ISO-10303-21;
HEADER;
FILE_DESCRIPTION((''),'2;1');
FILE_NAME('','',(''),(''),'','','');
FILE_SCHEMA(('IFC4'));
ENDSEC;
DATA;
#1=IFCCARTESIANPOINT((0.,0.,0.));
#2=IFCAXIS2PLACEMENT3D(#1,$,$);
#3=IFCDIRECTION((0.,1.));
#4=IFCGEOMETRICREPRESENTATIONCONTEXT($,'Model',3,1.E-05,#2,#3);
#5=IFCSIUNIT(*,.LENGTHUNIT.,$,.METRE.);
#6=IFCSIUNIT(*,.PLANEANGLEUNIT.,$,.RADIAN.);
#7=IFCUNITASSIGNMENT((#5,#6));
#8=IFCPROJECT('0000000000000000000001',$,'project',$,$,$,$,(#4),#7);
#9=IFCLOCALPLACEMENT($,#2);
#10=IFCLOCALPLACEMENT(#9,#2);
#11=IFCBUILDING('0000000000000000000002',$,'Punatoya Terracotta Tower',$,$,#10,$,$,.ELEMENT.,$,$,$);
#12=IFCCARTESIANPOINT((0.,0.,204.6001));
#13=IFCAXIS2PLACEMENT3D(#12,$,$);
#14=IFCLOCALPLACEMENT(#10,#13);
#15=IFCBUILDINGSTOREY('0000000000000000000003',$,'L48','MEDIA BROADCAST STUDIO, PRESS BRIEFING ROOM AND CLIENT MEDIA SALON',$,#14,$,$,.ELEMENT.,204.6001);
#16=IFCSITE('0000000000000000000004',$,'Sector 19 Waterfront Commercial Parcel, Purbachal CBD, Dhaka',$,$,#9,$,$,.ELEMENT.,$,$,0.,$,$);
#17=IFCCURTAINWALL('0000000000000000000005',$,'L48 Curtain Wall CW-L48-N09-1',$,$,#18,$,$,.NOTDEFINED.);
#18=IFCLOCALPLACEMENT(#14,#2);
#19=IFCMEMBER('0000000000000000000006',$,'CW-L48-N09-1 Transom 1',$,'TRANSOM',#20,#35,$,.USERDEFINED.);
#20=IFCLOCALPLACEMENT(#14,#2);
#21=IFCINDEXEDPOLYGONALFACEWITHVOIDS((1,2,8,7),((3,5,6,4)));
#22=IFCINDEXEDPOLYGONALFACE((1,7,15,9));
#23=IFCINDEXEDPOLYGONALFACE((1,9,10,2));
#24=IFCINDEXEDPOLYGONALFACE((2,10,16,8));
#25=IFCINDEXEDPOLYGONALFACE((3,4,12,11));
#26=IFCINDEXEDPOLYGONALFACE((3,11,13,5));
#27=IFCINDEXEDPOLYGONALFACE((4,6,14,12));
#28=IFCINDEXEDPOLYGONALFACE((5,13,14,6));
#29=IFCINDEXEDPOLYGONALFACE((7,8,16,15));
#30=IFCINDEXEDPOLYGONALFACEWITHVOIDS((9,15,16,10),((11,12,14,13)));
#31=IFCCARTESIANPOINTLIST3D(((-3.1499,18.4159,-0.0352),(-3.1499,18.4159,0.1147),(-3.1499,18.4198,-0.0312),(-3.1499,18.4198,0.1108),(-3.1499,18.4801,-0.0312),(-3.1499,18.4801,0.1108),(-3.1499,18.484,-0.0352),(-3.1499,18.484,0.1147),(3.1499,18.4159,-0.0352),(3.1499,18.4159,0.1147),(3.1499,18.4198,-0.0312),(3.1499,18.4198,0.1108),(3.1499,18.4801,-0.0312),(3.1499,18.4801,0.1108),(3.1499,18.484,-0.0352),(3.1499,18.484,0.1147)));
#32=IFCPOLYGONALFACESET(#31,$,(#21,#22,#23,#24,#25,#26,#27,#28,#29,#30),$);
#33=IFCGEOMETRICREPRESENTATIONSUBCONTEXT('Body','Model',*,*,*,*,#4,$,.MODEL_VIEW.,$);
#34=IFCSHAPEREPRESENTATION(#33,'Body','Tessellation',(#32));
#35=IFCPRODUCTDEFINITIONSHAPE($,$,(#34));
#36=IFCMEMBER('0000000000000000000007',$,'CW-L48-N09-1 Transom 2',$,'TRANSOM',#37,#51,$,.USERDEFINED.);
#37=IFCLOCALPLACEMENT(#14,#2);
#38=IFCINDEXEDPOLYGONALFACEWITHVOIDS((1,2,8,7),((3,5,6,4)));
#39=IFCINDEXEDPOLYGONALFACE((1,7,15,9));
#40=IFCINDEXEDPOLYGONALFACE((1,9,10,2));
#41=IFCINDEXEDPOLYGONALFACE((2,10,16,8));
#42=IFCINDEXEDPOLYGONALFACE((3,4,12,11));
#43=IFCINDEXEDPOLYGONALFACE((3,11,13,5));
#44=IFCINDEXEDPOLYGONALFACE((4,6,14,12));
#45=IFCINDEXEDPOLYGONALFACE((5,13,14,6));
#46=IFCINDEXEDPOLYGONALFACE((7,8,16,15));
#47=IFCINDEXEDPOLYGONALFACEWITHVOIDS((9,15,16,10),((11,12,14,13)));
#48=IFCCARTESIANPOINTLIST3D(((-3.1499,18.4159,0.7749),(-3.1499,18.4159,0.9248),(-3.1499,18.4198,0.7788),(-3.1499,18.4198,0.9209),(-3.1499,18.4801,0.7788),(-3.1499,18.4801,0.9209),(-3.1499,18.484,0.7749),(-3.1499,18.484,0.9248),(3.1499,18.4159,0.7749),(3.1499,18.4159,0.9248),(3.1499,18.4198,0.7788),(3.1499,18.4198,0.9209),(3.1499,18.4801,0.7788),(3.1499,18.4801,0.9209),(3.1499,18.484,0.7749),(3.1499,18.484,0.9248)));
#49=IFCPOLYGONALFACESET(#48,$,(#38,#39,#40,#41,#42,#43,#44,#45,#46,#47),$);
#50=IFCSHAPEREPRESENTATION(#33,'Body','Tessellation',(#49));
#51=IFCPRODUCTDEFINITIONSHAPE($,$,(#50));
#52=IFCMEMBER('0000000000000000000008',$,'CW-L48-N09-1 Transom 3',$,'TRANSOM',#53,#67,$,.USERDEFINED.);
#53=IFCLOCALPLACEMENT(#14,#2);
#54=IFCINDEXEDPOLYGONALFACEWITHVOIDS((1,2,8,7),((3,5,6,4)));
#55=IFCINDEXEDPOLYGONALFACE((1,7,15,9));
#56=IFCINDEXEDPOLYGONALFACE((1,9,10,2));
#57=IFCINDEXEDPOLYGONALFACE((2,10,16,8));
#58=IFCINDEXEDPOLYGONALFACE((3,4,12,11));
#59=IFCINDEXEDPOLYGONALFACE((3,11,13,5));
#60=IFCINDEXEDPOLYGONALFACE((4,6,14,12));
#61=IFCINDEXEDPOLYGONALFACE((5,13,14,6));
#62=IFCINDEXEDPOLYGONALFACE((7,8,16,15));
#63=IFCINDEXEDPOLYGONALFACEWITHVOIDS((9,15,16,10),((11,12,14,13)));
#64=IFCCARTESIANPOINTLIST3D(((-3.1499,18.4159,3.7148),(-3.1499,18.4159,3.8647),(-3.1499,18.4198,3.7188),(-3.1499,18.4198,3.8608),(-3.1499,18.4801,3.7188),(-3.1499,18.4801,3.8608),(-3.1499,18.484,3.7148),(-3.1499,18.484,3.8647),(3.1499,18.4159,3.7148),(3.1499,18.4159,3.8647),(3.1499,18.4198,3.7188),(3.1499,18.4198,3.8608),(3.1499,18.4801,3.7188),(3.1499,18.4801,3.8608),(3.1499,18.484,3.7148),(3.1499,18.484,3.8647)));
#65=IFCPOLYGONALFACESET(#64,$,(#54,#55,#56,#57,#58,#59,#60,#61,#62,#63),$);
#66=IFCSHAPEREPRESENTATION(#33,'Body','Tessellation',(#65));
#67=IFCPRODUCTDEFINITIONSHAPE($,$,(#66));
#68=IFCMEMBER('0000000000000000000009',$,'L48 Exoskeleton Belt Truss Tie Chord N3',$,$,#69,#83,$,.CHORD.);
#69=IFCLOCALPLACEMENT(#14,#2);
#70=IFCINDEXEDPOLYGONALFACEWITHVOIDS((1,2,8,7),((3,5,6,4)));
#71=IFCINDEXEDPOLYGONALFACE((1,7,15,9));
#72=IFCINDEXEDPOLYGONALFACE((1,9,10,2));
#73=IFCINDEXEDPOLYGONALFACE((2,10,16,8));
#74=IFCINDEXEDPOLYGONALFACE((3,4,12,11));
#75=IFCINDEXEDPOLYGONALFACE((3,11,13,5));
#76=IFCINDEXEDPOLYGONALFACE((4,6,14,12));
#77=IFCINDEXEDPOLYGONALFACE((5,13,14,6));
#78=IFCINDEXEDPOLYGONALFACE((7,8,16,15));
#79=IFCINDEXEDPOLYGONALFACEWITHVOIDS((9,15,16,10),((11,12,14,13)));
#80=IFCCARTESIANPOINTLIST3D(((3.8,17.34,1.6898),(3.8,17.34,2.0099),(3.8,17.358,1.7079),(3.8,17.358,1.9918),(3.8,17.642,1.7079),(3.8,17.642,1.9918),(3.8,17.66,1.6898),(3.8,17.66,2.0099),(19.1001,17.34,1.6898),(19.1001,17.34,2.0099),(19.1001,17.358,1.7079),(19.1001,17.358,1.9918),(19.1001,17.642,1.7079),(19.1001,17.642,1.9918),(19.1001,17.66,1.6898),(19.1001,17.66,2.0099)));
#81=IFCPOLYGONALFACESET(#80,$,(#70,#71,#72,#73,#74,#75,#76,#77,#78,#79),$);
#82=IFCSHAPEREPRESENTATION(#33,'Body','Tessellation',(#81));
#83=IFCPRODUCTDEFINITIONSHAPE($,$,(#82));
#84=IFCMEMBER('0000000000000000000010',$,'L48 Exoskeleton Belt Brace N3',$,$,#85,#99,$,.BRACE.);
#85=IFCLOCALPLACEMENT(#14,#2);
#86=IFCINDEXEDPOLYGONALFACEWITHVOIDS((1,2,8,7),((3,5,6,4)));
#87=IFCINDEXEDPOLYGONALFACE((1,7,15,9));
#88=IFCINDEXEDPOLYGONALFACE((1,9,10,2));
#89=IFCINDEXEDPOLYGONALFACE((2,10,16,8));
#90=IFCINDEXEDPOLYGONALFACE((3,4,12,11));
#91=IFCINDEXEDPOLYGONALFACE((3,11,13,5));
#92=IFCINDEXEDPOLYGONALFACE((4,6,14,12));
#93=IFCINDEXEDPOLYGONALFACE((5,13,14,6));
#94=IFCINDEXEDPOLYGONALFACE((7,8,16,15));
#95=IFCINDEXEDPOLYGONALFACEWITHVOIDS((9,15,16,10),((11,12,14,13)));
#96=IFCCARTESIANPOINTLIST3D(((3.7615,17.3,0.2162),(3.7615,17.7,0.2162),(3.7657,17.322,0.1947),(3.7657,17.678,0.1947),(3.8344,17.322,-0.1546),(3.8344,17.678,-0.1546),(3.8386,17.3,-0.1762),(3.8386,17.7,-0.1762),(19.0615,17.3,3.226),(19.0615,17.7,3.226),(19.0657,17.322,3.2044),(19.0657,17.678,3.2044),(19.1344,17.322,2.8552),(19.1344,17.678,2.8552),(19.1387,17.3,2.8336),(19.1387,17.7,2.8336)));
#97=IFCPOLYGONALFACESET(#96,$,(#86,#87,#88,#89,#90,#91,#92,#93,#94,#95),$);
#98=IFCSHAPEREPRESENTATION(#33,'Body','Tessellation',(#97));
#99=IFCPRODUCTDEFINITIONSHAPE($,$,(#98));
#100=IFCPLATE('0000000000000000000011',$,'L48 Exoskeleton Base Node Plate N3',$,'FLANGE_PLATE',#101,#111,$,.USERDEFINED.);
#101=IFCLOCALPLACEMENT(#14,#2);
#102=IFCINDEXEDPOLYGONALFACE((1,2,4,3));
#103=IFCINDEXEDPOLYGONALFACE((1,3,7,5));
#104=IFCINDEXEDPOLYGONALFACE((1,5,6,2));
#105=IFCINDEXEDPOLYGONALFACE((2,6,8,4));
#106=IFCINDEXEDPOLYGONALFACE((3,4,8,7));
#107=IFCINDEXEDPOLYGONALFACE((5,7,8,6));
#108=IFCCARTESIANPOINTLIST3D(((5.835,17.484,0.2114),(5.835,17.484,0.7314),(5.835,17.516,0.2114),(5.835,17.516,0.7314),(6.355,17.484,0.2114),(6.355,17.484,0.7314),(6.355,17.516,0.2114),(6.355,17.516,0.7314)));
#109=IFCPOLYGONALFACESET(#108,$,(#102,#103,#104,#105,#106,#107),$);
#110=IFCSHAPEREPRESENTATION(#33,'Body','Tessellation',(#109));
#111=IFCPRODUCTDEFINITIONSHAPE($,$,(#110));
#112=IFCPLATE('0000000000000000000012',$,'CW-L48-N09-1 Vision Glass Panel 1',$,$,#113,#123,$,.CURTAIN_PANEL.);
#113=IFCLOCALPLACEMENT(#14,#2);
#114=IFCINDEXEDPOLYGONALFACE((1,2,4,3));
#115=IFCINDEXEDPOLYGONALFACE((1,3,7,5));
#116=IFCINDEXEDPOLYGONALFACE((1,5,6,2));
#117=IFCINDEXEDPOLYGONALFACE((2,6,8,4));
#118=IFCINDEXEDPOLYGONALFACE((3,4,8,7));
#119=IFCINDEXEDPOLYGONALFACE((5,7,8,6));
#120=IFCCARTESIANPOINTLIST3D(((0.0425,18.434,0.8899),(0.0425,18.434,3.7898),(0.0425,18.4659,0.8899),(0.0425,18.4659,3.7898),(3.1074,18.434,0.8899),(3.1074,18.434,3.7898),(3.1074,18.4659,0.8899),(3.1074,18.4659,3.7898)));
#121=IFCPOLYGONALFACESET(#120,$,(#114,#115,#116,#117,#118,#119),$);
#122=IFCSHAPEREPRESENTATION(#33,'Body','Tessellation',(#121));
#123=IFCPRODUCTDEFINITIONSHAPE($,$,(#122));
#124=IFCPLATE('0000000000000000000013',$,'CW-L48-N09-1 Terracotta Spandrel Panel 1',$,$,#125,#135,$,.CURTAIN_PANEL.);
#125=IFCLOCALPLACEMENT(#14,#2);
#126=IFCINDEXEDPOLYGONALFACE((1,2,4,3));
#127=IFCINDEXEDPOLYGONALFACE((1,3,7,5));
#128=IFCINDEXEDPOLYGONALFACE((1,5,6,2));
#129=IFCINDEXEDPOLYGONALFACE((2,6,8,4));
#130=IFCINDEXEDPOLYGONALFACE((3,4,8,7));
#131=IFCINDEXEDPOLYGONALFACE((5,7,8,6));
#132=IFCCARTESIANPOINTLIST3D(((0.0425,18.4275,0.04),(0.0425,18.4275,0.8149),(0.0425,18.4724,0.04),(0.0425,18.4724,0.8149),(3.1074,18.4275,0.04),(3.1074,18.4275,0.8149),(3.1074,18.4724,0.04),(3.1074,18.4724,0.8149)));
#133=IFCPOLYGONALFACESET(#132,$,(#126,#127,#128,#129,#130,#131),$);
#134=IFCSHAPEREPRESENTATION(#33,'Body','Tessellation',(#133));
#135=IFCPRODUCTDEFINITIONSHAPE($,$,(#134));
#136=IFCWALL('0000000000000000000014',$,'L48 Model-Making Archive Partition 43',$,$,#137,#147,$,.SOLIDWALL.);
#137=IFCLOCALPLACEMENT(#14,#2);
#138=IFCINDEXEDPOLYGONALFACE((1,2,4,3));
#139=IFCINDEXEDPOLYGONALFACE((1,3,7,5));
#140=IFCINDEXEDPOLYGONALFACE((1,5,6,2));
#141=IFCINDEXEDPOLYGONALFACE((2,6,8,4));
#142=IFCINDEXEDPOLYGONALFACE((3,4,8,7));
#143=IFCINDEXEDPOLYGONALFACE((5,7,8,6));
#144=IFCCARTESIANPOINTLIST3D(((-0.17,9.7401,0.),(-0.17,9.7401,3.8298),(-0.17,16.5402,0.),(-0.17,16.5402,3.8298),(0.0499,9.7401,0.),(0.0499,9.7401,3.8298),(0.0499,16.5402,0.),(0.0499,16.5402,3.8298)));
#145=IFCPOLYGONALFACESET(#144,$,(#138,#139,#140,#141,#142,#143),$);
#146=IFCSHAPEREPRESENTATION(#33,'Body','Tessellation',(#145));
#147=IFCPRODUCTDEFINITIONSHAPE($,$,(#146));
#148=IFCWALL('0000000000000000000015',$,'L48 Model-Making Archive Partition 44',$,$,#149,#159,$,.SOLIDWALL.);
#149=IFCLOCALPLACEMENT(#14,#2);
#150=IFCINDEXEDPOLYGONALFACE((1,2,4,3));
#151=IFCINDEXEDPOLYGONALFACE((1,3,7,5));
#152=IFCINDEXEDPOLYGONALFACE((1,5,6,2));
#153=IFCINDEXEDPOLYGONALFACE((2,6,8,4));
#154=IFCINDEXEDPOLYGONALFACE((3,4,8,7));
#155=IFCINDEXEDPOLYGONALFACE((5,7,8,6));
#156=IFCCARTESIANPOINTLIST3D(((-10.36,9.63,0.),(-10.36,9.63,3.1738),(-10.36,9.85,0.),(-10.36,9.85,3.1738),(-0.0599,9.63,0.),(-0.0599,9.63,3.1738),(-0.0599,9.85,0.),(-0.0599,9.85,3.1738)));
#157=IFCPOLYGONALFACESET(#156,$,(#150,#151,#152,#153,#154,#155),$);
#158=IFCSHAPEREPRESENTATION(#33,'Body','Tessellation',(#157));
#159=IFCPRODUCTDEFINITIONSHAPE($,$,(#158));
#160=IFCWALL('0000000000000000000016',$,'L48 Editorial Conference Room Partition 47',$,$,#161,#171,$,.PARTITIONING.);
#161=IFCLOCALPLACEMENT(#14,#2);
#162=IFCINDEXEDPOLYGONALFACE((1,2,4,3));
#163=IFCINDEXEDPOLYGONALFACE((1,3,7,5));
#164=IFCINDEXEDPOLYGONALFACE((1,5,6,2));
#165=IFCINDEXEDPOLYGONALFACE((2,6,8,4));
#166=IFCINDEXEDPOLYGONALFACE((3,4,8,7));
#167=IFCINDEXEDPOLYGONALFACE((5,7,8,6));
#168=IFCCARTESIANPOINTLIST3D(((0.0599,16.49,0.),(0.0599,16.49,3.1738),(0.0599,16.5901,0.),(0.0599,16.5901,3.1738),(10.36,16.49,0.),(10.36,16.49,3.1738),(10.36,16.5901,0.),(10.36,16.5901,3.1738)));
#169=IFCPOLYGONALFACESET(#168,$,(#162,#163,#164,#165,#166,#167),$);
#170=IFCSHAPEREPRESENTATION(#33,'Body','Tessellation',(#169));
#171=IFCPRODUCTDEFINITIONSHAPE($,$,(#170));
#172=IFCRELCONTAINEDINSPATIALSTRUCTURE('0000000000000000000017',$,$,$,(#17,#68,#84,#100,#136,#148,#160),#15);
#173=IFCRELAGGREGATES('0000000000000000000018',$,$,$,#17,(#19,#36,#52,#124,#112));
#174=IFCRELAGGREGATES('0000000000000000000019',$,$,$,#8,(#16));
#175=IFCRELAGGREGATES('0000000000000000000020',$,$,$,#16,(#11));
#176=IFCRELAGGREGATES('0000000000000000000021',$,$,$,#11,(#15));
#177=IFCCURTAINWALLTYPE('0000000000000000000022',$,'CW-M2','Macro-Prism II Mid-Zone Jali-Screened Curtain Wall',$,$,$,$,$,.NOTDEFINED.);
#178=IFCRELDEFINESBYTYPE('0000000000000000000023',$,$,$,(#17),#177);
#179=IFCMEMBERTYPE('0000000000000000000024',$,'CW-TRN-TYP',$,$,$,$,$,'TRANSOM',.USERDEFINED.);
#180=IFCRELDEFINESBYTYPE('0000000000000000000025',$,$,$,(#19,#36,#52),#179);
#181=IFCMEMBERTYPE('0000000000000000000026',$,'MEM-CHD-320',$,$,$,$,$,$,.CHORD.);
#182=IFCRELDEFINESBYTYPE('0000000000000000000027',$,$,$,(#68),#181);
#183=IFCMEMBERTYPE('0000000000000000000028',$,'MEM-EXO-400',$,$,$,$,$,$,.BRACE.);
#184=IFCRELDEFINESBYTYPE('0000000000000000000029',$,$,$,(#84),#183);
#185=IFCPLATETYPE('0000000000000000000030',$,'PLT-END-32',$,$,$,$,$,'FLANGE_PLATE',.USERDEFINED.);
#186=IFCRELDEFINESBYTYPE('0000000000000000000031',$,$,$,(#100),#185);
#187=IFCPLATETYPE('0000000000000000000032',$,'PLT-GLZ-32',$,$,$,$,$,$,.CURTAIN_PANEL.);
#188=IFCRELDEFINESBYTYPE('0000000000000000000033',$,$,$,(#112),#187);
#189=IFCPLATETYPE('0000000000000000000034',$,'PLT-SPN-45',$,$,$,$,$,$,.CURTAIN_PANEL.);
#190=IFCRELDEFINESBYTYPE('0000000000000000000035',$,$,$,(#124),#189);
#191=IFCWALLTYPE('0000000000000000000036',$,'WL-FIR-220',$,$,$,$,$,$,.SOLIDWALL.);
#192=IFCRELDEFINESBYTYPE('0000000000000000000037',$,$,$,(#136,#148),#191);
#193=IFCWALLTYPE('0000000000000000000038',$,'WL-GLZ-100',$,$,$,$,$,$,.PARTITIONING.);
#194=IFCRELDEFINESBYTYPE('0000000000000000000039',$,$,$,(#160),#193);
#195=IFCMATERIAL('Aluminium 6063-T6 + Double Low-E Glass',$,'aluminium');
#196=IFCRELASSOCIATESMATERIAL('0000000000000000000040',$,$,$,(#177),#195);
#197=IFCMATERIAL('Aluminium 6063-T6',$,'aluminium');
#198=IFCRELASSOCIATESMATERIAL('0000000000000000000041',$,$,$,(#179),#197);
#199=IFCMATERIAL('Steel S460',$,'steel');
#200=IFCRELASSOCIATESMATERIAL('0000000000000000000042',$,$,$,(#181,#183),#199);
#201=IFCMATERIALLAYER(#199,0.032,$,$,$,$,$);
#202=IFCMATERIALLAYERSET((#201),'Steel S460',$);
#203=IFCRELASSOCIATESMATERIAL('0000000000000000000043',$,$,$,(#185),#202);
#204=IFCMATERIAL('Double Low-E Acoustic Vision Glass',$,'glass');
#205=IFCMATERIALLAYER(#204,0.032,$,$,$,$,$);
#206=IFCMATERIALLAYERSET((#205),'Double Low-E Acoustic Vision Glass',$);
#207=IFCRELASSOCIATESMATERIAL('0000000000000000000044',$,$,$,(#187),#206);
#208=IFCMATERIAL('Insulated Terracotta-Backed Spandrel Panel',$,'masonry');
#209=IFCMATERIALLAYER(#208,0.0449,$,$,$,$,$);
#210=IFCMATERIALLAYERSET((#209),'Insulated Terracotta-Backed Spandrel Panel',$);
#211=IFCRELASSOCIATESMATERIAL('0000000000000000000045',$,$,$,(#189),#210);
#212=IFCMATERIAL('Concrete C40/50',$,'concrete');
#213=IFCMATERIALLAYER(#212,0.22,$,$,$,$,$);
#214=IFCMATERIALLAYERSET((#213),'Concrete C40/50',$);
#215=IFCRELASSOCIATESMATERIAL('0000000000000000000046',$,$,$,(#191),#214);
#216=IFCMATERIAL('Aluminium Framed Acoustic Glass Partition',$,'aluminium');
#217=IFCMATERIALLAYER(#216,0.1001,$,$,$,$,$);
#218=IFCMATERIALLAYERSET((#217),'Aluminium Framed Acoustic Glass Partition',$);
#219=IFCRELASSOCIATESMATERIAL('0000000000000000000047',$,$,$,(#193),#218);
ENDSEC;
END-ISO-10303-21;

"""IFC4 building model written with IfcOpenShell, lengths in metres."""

from ifc_helpers import new_model, si_unit, direction, frame, frame_2d, origin, origin_2d, place, context, subcontext, project, spatial, rectangle, hollow_rectangle, extrude, material, layer, layer_set, material_profile, profile_set, type_object, element, aggregate, save


model = new_model("IFC4")

# Units and contexts
model_context = context("Model", 3, precision=1e-05, world=origin(), true_north=direction((0.0, 1.0)))
body_context = subcontext(model_context, "Body", "Model", "MODEL_VIEW")
ifc_project = project(units=[si_unit("LENGTHUNIT", "METRE"), si_unit("PLANEANGLEUNIT", "RADIAN")], contexts=[model_context])

# Site, building, storey
site_placement = place(None, origin())
site = spatial("IfcSite", under=ifc_project, at=site_placement, Name="Sector 19 Waterfront Commercial Parcel, Purbachal CBD, Dhaka", CompositionType="ELEMENT", RefElevation=0.0)
building_placement = place(site_placement, origin())
building = spatial("IfcBuilding", under=site, at=building_placement, Name="Punatoya Terracotta Tower", CompositionType="ELEMENT")
storey_placement = place(building_placement, frame((0.0, 0.0, 204.6001)))
storey = spatial("IfcBuildingStorey", under=building, at=storey_placement, Name="L48", Description="MEDIA BROADCAST STUDIO, PRESS BRIEFING ROOM AND CLIENT MEDIA SALON", CompositionType="ELEMENT", Elevation=204.6001)

# Shared definitions
ifc_material_1 = material(Name="Steel S460", Category="steel")

# Curtain wall, members
ifc_material_2 = material(Name="Aluminium 6063-T6 + Double Low-E Glass", Category="aluminium")
curtain_wall_type = type_object("IfcCurtainWallType", Name="CW-M2", Description="Macro-Prism II Mid-Zone Jali-Screened Curtain Wall", PredefinedType="NOTDEFINED", material=ifc_material_2)
curtain_wall_placement = place(storey_placement, origin())
curtain_wall = element("IfcCurtainWall", 1, at=curtain_wall_placement, inside=storey, type_object=curtain_wall_type, Name="L48 Curtain Wall CW-L48-N09-1", PredefinedType="NOTDEFINED")
ifc_material_3 = material(Name="Aluminium 6063-T6", Category="aluminium")
ifc_material_profile_1 = material_profile(ifc_material_3, hollow_rectangle(XDim=0.0681, YDim=0.1499, WallThickness=0.0039, at=origin_2d()))
ifc_profile_set_1 = profile_set([ifc_material_profile_1], Name="Aluminium 6063-T6")
member_type_1 = type_object("IfcMemberType", Name="CW-TRN-TYP", ElementType="TRANSOM", PredefinedType="USERDEFINED", material=ifc_profile_set_1)
member_1_placement = place(storey_placement, frame((3.1499, 18.45, 0.0398), z_axis=(-1.0, 0.0, 0.0), x_axis=(0.0, -1.0, 0.0)))
member_1 = element("IfcMember", 2, at=member_1_placement, type_object=member_type_1, Name="CW-L48-N09-1 Transom 1", ObjectType="TRANSOM", PredefinedType="USERDEFINED", context=body_context, shape_type="SweptSolid", body=[
    extrude(hollow_rectangle(XDim=0.0681, YDim=0.1499, WallThickness=0.0039, at=origin_2d()), origin(), (0.0, 0.0, 1.0), 6.2998),
])
member_2_placement = place(storey_placement, frame((3.1499, 18.45, 0.8499), z_axis=(-1.0, 0.0, 0.0), x_axis=(0.0, -1.0, 0.0)))
member_2 = element("IfcMember", 3, at=member_2_placement, type_object=member_type_1, Name="CW-L48-N09-1 Transom 2", ObjectType="TRANSOM", PredefinedType="USERDEFINED", context=body_context, shape_type="SweptSolid", body=[
    extrude(hollow_rectangle(XDim=0.0681, YDim=0.1499, WallThickness=0.0039, at=origin_2d()), origin(), (0.0, 0.0, 1.0), 6.2998),
])
member_3_placement = place(storey_placement, frame((3.1499, 18.45, 3.7898), z_axis=(-1.0, 0.0, 0.0), x_axis=(0.0, -1.0, 0.0)))
member_3 = element("IfcMember", 4, at=member_3_placement, type_object=member_type_1, Name="CW-L48-N09-1 Transom 3", ObjectType="TRANSOM", PredefinedType="USERDEFINED", context=body_context, shape_type="SweptSolid", body=[
    extrude(hollow_rectangle(XDim=0.0681, YDim=0.1499, WallThickness=0.0039, at=origin_2d()), origin(), (0.0, 0.0, 1.0), 6.2998),
])

# Members
ifc_material_profile_2 = material_profile(ifc_material_1, hollow_rectangle(XDim=0.3201, YDim=0.3201, WallThickness=0.0181, at=origin_2d()))
ifc_profile_set_2 = profile_set([ifc_material_profile_2], Name="Steel S460")
member_type_2 = type_object("IfcMemberType", Name="MEM-CHD-320", PredefinedType="CHORD", material=ifc_profile_set_2)
member_4_placement = place(storey_placement, frame((3.8, 17.5, 1.8499), z_axis=(1.0, 0.0, 0.0), x_axis=(0.0, 1.0, 0.0)))
element("IfcMember", 5, at=member_4_placement, inside=storey, type_object=member_type_2, Name="L48 Exoskeleton Belt Truss Tie Chord N3", PredefinedType="CHORD", context=body_context, shape_type="SweptSolid", body=[
    extrude(hollow_rectangle(XDim=0.3201, YDim=0.3201, WallThickness=0.0181, at=origin_2d()), origin(), (0.0, 0.0, 1.0), 15.3),
])
ifc_material_profile_3 = material_profile(ifc_material_1, hollow_rectangle(XDim=0.3999, YDim=0.3999, WallThickness=0.022, at=origin_2d()))
ifc_profile_set_3 = profile_set([ifc_material_profile_3], Name="Steel S460")
member_type_3 = type_object("IfcMemberType", Name="MEM-EXO-400", PredefinedType="BRACE", material=ifc_profile_set_3)
member_5_placement = place(storey_placement, frame((3.8, 17.5, 0.02), z_axis=(0.981195, 0.0, 0.193017), x_axis=(0.0, 1.0, 0.0)))
element("IfcMember", 6, at=member_5_placement, inside=storey, type_object=member_type_3, Name="L48 Exoskeleton Belt Brace N3", PredefinedType="BRACE", context=body_context, shape_type="SweptSolid", body=[
    extrude(hollow_rectangle(XDim=0.3999, YDim=0.3999, WallThickness=0.022, at=origin_2d()), origin(), (0.0, 0.0, 1.0), 15.5933),
])

# Plates
ifc_layer_1 = layer(ifc_material_1, 0.032)
ifc_layer_set_1 = layer_set([ifc_layer_1], Name="Steel S460")
plate_type_1 = type_object("IfcPlateType", Name="PLT-END-32", ElementType="FLANGE_PLATE", PredefinedType="USERDEFINED", material=ifc_layer_set_1)
plate_1_placement = place(storey_placement, frame((6.095, 17.5, 0.2114), z_axis=(0.0, 0.0, 1.0), x_axis=(1.0, 0.0, 0.0)))
element("IfcPlate", 7, at=plate_1_placement, inside=storey, type_object=plate_type_1, Name="L48 Exoskeleton Base Node Plate N3", ObjectType="FLANGE_PLATE", PredefinedType="USERDEFINED", context=body_context, shape_type="SweptSolid", body=[
    extrude(rectangle(XDim=0.52, YDim=0.032, at=origin_2d()), origin(), (0.0, 0.0, 1.0), 0.52),
])
ifc_material_4 = material(Name="Double Low-E Acoustic Vision Glass", Category="glass")
ifc_layer_2 = layer(ifc_material_4, 0.032)
ifc_layer_set_2 = layer_set([ifc_layer_2], Name="Double Low-E Acoustic Vision Glass")
plate_type_2 = type_object("IfcPlateType", Name="PLT-GLZ-32", PredefinedType="CURTAIN_PANEL", material=ifc_layer_set_2)
plate_2_placement = place(storey_placement, frame((1.575, 18.45, 0.8899), z_axis=(0.0, 0.0, 1.0), x_axis=(-1.0, 0.0, 0.0)))
plate_2 = element("IfcPlate", 8, at=plate_2_placement, type_object=plate_type_2, Name="CW-L48-N09-1 Vision Glass Panel 1", PredefinedType="CURTAIN_PANEL", context=body_context, shape_type="SweptSolid", body=[
    extrude(rectangle(XDim=3.0649, YDim=0.032, at=origin_2d()), origin(), (0.0, 0.0, 1.0), 2.8999),
])
ifc_material_5 = material(Name="Insulated Terracotta-Backed Spandrel Panel", Category="masonry")
ifc_layer_3 = layer(ifc_material_5, 0.0449)
ifc_layer_set_3 = layer_set([ifc_layer_3], Name="Insulated Terracotta-Backed Spandrel Panel")
plate_type_3 = type_object("IfcPlateType", Name="PLT-SPN-45", PredefinedType="CURTAIN_PANEL", material=ifc_layer_set_3)
plate_3_placement = place(storey_placement, frame((1.575, 18.45, 0.04), z_axis=(0.0, 0.0, 1.0), x_axis=(-1.0, 0.0, 0.0)))
plate_3 = element("IfcPlate", 9, at=plate_3_placement, type_object=plate_type_3, Name="CW-L48-N09-1 Terracotta Spandrel Panel 1", PredefinedType="CURTAIN_PANEL", context=body_context, shape_type="SweptSolid", body=[
    extrude(rectangle(XDim=3.0649, YDim=0.0449, at=origin_2d()), origin(), (0.0, 0.0, 1.0), 0.7749),
])
aggregate(curtain_wall, [member_1, member_2, member_3, plate_3, plate_2])

# Walls
ifc_material_6 = material(Name="Concrete C40/50", Category="concrete")
ifc_layer_4 = layer(ifc_material_6, 0.22)
ifc_layer_set_4 = layer_set([ifc_layer_4], Name="Concrete C40/50")
wall_type_1 = type_object("IfcWallType", Name="WL-FIR-220", PredefinedType="SOLIDWALL", material=ifc_layer_set_4)
wall_1_placement = place(storey_placement, frame((-0.0601, 16.54, 0.0), z_axis=(0.0, 0.0, 1.0), x_axis=(0.0, -1.0, 0.0)))
element("IfcWall", 10, at=wall_1_placement, inside=storey, type_object=wall_type_1, Name="L48 Model-Making Archive Partition 43", PredefinedType="SOLIDWALL", context=body_context, shape_type="SweptSolid", body=[
    extrude(rectangle(XDim=6.8, YDim=0.22, at=frame_2d((3.3999, 0.0))), origin(), (0.0, 0.0, 1.0), 3.8298),
])
wall_2_placement = place(storey_placement, frame((-0.0601, 9.74, 0.0), z_axis=(0.0, 0.0, 1.0), x_axis=(-1.0, 0.0, 0.0)))
element("IfcWall", 11, at=wall_2_placement, inside=storey, type_object=wall_type_1, Name="L48 Model-Making Archive Partition 44", PredefinedType="SOLIDWALL", context=body_context, shape_type="SweptSolid", body=[
    extrude(rectangle(XDim=10.3, YDim=0.22, at=frame_2d((5.1499, 0.0))), origin(), (0.0, 0.0, 1.0), 3.1738),
])
ifc_material_7 = material(Name="Aluminium Framed Acoustic Glass Partition", Category="aluminium")
ifc_layer_5 = layer(ifc_material_7, 0.1001)
ifc_layer_set_5 = layer_set([ifc_layer_5], Name="Aluminium Framed Acoustic Glass Partition")
wall_type_2 = type_object("IfcWallType", Name="WL-GLZ-100", PredefinedType="PARTITIONING", material=ifc_layer_set_5)
wall_3_placement = place(storey_placement, frame((0.0601, 16.54, 0.0), z_axis=(0.0, 0.0, 1.0), x_axis=(1.0, 0.0, 0.0)))
element("IfcWall", 12, at=wall_3_placement, inside=storey, type_object=wall_type_2, Name="L48 Editorial Conference Room Partition 47", PredefinedType="PARTITIONING", context=body_context, shape_type="SweptSolid", body=[
    extrude(rectangle(XDim=10.3, YDim=0.1001, at=frame_2d((5.1499, 0.0))), origin(), (0.0, 0.0, 1.0), 3.1738),
])

save(model, "model.ifc")
